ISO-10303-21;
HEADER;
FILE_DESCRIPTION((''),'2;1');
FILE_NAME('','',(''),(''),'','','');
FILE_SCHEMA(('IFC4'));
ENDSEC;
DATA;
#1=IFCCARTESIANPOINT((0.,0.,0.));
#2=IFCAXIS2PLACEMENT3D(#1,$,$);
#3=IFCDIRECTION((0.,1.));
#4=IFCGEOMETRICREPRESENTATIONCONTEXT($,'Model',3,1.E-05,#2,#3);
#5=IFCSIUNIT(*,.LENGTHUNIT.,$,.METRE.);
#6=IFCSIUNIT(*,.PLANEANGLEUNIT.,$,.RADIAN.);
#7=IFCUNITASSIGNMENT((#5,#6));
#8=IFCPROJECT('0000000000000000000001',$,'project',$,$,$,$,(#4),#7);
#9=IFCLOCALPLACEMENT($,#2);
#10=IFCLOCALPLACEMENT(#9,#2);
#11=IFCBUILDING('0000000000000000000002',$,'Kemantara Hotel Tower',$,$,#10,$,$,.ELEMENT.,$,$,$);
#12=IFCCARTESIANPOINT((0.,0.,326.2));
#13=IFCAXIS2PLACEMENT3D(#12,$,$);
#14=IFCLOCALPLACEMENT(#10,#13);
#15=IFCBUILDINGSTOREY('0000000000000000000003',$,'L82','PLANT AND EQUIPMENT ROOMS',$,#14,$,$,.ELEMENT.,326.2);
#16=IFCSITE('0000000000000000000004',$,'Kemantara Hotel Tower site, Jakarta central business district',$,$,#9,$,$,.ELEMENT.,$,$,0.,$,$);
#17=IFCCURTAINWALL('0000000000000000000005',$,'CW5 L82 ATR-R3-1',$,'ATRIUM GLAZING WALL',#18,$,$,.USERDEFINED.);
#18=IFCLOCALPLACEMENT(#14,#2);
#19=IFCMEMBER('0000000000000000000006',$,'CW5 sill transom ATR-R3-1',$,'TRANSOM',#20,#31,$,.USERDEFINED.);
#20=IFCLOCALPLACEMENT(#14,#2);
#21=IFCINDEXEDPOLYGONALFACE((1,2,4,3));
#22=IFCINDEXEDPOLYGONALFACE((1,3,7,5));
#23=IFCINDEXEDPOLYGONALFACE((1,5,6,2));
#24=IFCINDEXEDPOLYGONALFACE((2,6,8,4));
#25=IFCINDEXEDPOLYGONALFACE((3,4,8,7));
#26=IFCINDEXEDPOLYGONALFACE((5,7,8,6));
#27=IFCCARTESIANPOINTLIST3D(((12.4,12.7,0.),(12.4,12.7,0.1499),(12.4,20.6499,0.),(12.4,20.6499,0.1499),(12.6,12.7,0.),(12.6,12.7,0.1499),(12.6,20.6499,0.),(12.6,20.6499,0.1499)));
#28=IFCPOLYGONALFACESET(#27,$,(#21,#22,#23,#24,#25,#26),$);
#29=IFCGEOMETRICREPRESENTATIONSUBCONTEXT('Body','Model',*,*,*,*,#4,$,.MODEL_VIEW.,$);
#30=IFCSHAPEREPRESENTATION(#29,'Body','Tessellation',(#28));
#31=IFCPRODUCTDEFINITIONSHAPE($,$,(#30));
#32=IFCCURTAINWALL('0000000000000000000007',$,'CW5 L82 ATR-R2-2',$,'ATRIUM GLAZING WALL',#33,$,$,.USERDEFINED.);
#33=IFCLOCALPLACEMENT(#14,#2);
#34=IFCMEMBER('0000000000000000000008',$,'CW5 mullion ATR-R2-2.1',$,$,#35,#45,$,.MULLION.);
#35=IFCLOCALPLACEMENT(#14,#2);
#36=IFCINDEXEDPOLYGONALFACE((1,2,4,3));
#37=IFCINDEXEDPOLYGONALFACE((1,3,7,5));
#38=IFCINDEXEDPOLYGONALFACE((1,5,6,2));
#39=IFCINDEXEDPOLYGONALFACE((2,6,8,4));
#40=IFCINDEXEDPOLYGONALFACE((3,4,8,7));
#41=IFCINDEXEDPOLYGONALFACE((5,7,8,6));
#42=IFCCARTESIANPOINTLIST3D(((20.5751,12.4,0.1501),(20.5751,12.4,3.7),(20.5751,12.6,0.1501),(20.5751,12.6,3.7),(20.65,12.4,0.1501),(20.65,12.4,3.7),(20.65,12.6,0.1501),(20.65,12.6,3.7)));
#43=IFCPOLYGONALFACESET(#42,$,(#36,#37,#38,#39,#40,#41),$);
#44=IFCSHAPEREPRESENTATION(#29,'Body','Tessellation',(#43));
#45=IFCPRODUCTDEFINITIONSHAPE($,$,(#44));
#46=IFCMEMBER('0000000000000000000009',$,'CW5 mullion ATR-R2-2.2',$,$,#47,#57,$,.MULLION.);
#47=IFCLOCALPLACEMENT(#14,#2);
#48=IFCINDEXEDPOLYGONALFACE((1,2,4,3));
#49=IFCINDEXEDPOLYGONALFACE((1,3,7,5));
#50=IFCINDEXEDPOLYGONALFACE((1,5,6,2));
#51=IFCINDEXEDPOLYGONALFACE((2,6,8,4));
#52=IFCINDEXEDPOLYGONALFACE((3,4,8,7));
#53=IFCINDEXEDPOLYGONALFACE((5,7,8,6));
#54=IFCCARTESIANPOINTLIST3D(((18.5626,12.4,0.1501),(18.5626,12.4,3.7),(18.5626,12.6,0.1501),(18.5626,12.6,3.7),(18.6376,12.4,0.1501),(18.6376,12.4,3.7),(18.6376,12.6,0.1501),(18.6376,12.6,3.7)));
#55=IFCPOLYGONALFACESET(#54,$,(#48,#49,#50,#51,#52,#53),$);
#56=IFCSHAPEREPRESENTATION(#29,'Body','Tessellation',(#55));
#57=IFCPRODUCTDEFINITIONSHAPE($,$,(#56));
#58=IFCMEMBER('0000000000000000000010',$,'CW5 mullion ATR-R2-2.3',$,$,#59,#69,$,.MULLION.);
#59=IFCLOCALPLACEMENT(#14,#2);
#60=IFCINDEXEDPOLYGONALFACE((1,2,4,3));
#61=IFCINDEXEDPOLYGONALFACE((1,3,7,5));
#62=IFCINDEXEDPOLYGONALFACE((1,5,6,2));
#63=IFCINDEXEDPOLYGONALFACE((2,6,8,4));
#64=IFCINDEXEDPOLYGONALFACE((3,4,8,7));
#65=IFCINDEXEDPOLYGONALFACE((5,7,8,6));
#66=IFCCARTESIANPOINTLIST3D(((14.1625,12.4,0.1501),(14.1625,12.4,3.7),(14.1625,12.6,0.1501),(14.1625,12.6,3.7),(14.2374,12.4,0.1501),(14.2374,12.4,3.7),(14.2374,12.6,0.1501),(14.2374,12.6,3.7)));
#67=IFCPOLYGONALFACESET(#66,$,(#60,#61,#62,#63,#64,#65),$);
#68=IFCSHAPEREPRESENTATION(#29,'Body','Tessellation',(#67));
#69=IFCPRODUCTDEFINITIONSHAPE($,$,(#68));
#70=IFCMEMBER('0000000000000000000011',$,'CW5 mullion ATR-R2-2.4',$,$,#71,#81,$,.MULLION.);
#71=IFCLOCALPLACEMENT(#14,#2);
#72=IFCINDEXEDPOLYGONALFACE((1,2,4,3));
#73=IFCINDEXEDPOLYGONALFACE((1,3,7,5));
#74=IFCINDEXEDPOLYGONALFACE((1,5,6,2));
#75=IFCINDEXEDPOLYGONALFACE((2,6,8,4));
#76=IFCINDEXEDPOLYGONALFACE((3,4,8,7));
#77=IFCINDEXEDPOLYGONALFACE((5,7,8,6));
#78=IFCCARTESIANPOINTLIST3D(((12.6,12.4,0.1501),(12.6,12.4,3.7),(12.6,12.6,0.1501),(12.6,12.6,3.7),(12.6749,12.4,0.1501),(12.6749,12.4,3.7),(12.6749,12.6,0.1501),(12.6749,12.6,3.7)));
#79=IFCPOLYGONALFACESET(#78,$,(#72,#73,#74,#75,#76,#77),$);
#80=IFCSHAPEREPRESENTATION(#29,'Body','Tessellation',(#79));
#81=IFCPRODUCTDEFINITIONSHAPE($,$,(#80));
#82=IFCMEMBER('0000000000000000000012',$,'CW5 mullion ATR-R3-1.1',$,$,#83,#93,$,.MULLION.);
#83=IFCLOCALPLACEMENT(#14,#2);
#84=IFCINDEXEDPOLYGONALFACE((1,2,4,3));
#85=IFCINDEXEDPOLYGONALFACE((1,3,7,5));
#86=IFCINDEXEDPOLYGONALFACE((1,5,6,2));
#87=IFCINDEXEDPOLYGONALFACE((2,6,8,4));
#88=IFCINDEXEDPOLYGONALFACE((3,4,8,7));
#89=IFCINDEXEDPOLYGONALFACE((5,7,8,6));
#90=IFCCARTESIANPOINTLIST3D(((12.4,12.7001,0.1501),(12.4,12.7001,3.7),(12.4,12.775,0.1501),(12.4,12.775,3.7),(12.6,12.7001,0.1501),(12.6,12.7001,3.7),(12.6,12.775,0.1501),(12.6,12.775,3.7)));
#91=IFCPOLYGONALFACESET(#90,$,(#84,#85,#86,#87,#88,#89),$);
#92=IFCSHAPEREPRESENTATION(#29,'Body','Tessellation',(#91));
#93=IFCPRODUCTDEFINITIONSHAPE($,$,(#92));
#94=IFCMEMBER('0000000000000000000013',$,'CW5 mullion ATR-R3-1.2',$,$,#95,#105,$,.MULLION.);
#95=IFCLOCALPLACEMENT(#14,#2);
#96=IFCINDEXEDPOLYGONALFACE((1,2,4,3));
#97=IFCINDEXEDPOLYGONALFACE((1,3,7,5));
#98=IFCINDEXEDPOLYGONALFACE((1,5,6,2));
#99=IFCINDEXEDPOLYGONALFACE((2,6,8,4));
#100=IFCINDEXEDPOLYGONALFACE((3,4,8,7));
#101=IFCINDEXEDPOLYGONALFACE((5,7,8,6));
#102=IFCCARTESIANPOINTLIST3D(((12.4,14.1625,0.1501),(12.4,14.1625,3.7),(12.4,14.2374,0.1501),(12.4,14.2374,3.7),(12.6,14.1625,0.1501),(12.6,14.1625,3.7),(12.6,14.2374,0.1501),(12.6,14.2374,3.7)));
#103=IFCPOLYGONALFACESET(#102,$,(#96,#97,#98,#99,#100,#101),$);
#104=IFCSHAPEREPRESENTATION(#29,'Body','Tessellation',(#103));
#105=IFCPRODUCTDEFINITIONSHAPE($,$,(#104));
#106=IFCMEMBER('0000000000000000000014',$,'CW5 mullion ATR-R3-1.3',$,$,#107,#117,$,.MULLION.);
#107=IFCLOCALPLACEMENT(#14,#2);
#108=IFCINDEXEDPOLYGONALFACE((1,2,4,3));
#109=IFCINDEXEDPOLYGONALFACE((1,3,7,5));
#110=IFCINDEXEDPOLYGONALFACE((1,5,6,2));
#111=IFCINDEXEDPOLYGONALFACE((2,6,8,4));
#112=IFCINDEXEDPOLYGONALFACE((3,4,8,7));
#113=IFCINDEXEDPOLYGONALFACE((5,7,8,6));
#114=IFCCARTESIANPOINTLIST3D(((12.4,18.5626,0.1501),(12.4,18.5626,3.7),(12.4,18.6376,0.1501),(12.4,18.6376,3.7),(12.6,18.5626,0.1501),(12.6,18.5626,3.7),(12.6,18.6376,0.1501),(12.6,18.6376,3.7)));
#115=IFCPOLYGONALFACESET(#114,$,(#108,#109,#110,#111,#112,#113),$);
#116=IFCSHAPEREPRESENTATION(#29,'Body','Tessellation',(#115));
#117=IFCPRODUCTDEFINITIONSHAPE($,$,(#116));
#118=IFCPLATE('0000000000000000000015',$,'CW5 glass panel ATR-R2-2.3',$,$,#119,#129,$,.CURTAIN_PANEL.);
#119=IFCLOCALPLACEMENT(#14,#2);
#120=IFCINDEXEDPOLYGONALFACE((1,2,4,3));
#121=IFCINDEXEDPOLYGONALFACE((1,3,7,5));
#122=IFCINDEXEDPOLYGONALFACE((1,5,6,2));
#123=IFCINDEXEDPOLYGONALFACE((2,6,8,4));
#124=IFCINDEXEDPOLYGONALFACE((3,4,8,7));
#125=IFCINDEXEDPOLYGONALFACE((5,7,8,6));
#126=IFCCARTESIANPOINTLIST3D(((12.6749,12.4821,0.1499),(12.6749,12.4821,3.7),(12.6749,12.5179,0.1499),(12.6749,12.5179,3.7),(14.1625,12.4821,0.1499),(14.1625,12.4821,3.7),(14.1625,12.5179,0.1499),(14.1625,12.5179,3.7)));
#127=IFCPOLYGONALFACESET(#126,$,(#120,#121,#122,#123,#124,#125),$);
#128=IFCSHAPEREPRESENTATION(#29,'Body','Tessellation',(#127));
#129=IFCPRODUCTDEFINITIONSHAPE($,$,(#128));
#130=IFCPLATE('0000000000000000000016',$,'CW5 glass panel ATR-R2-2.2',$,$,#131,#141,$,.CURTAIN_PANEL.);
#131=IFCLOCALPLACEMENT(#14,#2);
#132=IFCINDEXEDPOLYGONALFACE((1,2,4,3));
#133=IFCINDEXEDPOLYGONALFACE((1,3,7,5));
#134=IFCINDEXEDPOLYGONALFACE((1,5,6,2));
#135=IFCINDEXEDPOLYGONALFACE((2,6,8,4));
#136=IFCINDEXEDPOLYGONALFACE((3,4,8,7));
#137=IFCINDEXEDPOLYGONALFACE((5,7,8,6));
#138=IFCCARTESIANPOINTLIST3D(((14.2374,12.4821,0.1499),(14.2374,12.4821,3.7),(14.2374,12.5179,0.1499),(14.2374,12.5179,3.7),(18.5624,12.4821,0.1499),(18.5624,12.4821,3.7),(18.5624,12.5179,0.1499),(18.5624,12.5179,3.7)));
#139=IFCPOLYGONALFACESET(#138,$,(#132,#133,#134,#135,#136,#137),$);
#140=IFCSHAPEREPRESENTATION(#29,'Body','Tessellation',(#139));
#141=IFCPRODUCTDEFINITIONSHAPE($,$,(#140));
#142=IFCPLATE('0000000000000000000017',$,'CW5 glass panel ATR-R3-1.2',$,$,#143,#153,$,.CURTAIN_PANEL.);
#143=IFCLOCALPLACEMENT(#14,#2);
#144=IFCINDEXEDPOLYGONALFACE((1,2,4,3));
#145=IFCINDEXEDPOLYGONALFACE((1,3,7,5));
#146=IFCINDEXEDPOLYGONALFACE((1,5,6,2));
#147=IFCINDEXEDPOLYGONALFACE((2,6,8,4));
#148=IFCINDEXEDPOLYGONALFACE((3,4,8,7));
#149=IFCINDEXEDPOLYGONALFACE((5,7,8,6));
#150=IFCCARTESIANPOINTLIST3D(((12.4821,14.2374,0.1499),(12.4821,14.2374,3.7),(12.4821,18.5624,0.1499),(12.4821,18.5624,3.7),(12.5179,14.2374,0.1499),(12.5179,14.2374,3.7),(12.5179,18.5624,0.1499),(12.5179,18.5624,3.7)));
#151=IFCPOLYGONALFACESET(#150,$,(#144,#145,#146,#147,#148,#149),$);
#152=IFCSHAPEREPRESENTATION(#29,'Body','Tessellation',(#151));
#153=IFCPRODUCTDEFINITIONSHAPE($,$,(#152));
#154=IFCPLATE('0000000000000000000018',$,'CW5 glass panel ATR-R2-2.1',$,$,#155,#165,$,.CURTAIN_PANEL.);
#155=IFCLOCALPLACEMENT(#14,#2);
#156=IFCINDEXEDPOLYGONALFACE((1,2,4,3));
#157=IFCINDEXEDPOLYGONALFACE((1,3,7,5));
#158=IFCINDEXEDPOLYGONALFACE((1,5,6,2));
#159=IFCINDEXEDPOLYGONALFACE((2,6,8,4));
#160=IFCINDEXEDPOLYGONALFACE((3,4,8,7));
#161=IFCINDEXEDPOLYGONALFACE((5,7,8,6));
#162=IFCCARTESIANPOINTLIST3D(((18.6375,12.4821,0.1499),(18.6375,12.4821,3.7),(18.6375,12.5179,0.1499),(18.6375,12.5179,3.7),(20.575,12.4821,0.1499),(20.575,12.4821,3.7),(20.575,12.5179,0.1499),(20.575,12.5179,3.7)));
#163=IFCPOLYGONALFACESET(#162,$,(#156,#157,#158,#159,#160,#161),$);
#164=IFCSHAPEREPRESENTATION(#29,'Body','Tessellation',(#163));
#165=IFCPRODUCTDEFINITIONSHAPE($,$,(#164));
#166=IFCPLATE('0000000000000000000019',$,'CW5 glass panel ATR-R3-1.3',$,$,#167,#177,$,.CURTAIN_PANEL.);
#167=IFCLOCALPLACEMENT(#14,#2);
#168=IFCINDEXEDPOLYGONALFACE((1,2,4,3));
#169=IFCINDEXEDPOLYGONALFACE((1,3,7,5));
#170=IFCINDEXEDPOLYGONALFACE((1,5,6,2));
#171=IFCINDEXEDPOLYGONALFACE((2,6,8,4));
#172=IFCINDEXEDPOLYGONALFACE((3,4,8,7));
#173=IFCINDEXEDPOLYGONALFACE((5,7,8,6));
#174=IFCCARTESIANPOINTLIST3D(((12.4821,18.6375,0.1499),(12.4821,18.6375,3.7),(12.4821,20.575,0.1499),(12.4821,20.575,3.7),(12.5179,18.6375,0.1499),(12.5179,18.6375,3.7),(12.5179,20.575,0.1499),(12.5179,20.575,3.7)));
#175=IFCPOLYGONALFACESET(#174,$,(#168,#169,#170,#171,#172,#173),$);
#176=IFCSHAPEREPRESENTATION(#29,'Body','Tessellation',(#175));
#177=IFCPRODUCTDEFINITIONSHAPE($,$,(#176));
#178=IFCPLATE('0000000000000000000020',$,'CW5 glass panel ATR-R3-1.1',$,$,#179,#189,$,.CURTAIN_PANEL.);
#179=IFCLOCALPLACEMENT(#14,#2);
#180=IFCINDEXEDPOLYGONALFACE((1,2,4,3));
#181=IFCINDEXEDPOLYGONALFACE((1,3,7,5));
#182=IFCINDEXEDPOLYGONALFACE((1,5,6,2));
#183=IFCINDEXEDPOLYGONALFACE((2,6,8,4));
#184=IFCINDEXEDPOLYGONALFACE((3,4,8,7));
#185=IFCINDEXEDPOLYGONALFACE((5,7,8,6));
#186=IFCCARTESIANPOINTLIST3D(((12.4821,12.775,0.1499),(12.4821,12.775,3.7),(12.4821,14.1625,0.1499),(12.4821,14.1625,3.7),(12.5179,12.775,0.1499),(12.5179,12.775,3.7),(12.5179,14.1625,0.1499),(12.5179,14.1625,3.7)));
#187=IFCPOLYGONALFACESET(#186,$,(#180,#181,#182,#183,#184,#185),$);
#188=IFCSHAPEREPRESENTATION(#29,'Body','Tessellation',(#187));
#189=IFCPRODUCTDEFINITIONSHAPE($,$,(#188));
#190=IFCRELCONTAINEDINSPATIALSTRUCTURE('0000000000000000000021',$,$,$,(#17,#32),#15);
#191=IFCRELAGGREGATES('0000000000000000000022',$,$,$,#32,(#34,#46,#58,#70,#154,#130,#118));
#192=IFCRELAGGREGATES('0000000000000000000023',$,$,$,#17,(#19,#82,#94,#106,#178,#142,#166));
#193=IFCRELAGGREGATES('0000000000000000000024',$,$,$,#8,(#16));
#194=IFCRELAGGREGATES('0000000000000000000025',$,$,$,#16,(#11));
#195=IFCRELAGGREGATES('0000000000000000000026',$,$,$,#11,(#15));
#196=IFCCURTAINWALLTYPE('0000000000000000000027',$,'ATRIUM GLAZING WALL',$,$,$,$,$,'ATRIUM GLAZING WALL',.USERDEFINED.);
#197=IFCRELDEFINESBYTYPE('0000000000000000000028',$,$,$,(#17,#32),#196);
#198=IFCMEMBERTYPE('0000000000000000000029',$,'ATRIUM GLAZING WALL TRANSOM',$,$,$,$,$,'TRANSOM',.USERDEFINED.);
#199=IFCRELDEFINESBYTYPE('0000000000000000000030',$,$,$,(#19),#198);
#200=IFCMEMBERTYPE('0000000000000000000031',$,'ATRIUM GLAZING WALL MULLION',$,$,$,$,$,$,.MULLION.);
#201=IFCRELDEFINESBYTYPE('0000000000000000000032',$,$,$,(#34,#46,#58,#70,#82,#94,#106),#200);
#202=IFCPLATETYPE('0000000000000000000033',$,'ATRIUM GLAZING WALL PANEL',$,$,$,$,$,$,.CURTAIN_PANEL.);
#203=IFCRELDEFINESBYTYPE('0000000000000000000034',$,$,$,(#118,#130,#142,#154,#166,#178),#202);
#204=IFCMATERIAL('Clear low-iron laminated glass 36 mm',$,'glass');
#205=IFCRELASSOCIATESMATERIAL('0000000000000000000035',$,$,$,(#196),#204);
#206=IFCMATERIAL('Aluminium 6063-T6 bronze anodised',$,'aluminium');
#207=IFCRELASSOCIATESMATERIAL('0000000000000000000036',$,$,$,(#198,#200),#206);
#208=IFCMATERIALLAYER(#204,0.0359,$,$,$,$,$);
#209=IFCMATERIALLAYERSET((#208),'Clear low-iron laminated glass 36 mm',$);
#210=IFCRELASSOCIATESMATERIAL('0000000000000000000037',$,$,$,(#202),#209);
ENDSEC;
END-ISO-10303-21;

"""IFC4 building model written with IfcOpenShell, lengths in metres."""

from ifc_helpers import new_model, si_unit, direction, frame, origin, origin_2d, place, context, subcontext, project, spatial, rectangle, extrude, source, transform, mapped, material, layer, layer_set, material_profile, profile_set, type_object, element, aggregate, save


model = new_model("IFC4")

# Units and contexts
model_context = context("Model", 3, precision=1e-05, world=origin(), true_north=direction((0.0, 1.0)))
body_context = subcontext(model_context, "Body", "Model", "MODEL_VIEW")
ifc_project = project(units=[si_unit("LENGTHUNIT", "METRE"), si_unit("PLANEANGLEUNIT", "RADIAN")], contexts=[model_context])

# Site, building, storey
site_placement = place(None, origin())
site = spatial("IfcSite", under=ifc_project, at=site_placement, Name="Kemantara Hotel Tower site, Jakarta central business district", CompositionType="ELEMENT", RefElevation=0.0)
building_placement = place(site_placement, origin())
building = spatial("IfcBuilding", under=site, at=building_placement, Name="Kemantara Hotel Tower", CompositionType="ELEMENT")
storey_placement = place(building_placement, frame((0.0, 0.0, 326.2)))
storey = spatial("IfcBuildingStorey", under=building, at=storey_placement, Name="L82", Description="PLANT AND EQUIPMENT ROOMS", CompositionType="ELEMENT", Elevation=326.2)

# Curtain wall, member
ifc_material_1 = material(Name="Clear low-iron laminated glass 36 mm", Category="glass")
curtain_wall_type = type_object("IfcCurtainWallType", Name="ATRIUM GLAZING WALL", ElementType="ATRIUM GLAZING WALL", PredefinedType="USERDEFINED", material=ifc_material_1)
curtain_wall_1_placement = place(storey_placement, origin())
curtain_wall_1 = element("IfcCurtainWall", 1, at=curtain_wall_1_placement, inside=storey, type_object=curtain_wall_type, Name="CW5 L82 ATR-R3-1", ObjectType="ATRIUM GLAZING WALL", PredefinedType="USERDEFINED")
ifc_material_2 = material(Name="Aluminium 6063-T6 bronze anodised", Category="aluminium")
ifc_material_profile_1 = material_profile(ifc_material_2, rectangle(XDim=0.2, YDim=0.1499, at=origin_2d()), Name="ATRIUM GLAZING WALL TRANSOM")
ifc_profile_set_1 = profile_set([ifc_material_profile_1], Name="Aluminium 6063-T6 bronze anodised")
member_type_1 = type_object("IfcMemberType", Name="ATRIUM GLAZING WALL TRANSOM", ElementType="TRANSOM", PredefinedType="USERDEFINED", material=ifc_profile_set_1)
member_1_placement = place(storey_placement, frame((12.5, 12.7, 0.075), z_axis=(0.0, 1.0, 0.0), x_axis=(-1.0, 0.0, 0.0)))
member_1 = element("IfcMember", 2, at=member_1_placement, type_object=member_type_1, Name="CW5 sill transom ATR-R3-1", ObjectType="TRANSOM", PredefinedType="USERDEFINED", context=body_context, shape_type="SweptSolid", body=[
    extrude(rectangle(XDim=0.2, YDim=0.1499, at=origin_2d()), origin(), (0.0, 0.0, 1.0), 7.95),
])

# Curtain wall, members
curtain_wall_2_placement = place(storey_placement, origin())
curtain_wall_2 = element("IfcCurtainWall", 3, at=curtain_wall_2_placement, inside=storey, type_object=curtain_wall_type, Name="CW5 L82 ATR-R2-2", ObjectType="ATRIUM GLAZING WALL", PredefinedType="USERDEFINED")
ifc_material_profile_2 = material_profile(ifc_material_2, rectangle(XDim=0.2, YDim=0.075, at=origin_2d()), Name="ATRIUM GLAZING WALL MULLION")
ifc_profile_set_2 = profile_set([ifc_material_profile_2], Name="Aluminium 6063-T6 bronze anodised")
member_type_2 = type_object("IfcMemberType", Name="ATRIUM GLAZING WALL MULLION", PredefinedType="MULLION", material=ifc_profile_set_2)
shared_shape_1 = source(origin(), body_context, "Body", "SweptSolid", [
    extrude(rectangle(XDim=0.2, YDim=0.075, at=origin_2d()), origin(), (0.0, 0.0, 1.0), 3.5498),
])
member_2_placement = place(storey_placement, frame((20.6125, 12.5, 0.1501), z_axis=(0.0, 0.0, 1.0), x_axis=(0.0, -1.0, 0.0)))
member_2 = element("IfcMember", 4, at=member_2_placement, type_object=member_type_2, Name="CW5 mullion ATR-R2-2.1", PredefinedType="MULLION", context=body_context, shape_type="MappedRepresentation", body=[
    mapped(shared_shape_1, transform((0.0, 0.0, 0.0))),
])
member_3_placement = place(storey_placement, frame((18.6001, 12.5, 0.1501), z_axis=(0.0, 0.0, 1.0), x_axis=(0.0, -1.0, 0.0)))
member_3 = element("IfcMember", 5, at=member_3_placement, type_object=member_type_2, Name="CW5 mullion ATR-R2-2.2", PredefinedType="MULLION", context=body_context, shape_type="MappedRepresentation", body=[
    mapped(shared_shape_1, transform((0.0, 0.0, 0.0))),
])
member_4_placement = place(storey_placement, frame((14.2, 12.5, 0.1501), z_axis=(0.0, 0.0, 1.0), x_axis=(0.0, -1.0, 0.0)))
member_4 = element("IfcMember", 6, at=member_4_placement, type_object=member_type_2, Name="CW5 mullion ATR-R2-2.3", PredefinedType="MULLION", context=body_context, shape_type="MappedRepresentation", body=[
    mapped(shared_shape_1, transform((0.0, 0.0, 0.0))),
])
member_5_placement = place(storey_placement, frame((12.6375, 12.5, 0.1501), z_axis=(0.0, 0.0, 1.0), x_axis=(0.0, -1.0, 0.0)))
member_5 = element("IfcMember", 7, at=member_5_placement, type_object=member_type_2, Name="CW5 mullion ATR-R2-2.4", PredefinedType="MULLION", context=body_context, shape_type="MappedRepresentation", body=[
    mapped(shared_shape_1, transform((0.0, 0.0, 0.0))),
])

# Members
member_6_placement = place(storey_placement, frame((12.5, 12.7375, 0.1501), z_axis=(0.0, 0.0, 1.0), x_axis=(-1.0, 0.0, 0.0)))
member_6 = element("IfcMember", 8, at=member_6_placement, type_object=member_type_2, Name="CW5 mullion ATR-R3-1.1", PredefinedType="MULLION", context=body_context, shape_type="MappedRepresentation", body=[
    mapped(shared_shape_1, transform((0.0, 0.0, 0.0))),
])
member_7_placement = place(storey_placement, frame((12.5, 14.2, 0.1501), z_axis=(0.0, 0.0, 1.0), x_axis=(-1.0, 0.0, 0.0)))
member_7 = element("IfcMember", 9, at=member_7_placement, type_object=member_type_2, Name="CW5 mullion ATR-R3-1.2", PredefinedType="MULLION", context=body_context, shape_type="MappedRepresentation", body=[
    mapped(shared_shape_1, transform((0.0, 0.0, 0.0))),
])
member_8_placement = place(storey_placement, frame((12.5, 18.6001, 0.1501), z_axis=(0.0, 0.0, 1.0), x_axis=(-1.0, 0.0, 0.0)))
member_8 = element("IfcMember", 10, at=member_8_placement, type_object=member_type_2, Name="CW5 mullion ATR-R3-1.3", PredefinedType="MULLION", context=body_context, shape_type="MappedRepresentation", body=[
    mapped(shared_shape_1, transform((0.0, 0.0, 0.0))),
])

# Plates
ifc_layer = layer(ifc_material_1, 0.0359)
ifc_layer_set = layer_set([ifc_layer], Name="Clear low-iron laminated glass 36 mm")
plate_type = type_object("IfcPlateType", Name="ATRIUM GLAZING WALL PANEL", PredefinedType="CURTAIN_PANEL", material=ifc_layer_set)
shared_shape_2 = source(origin(), body_context, "Body", "SweptSolid", [
    extrude(rectangle(XDim=1.4875, YDim=0.0359, at=origin_2d()), origin(), (0.0, 0.0, 1.0), 3.55),
])
plate_1_placement = place(storey_placement, frame((13.4187, 12.5, 0.1499), z_axis=(0.0, 0.0, 1.0), x_axis=(-1.0, 0.0, 0.0)))
plate_1 = element("IfcPlate", 11, at=plate_1_placement, type_object=plate_type, Name="CW5 glass panel ATR-R2-2.3", PredefinedType="CURTAIN_PANEL", context=body_context, shape_type="MappedRepresentation", body=[
    mapped(shared_shape_2, transform((0.0, 0.0, 0.0))),
])
shared_shape_3 = source(origin(), body_context, "Body", "SweptSolid", [
    extrude(rectangle(XDim=4.325, YDim=0.0359, at=origin_2d()), origin(), (0.0, 0.0, 1.0), 3.55),
])
plate_2_placement = place(storey_placement, frame((16.3999, 12.5, 0.1499), z_axis=(0.0, 0.0, 1.0), x_axis=(-1.0, 0.0, 0.0)))
plate_2 = element("IfcPlate", 12, at=plate_2_placement, type_object=plate_type, Name="CW5 glass panel ATR-R2-2.2", PredefinedType="CURTAIN_PANEL", context=body_context, shape_type="MappedRepresentation", body=[
    mapped(shared_shape_3, transform((0.0, 0.0, 0.0))),
])
plate_3_placement = place(storey_placement, frame((12.5, 16.3999, 0.1499), z_axis=(0.0, 0.0, 1.0), x_axis=(0.0, 1.0, 0.0)))
plate_3 = element("IfcPlate", 13, at=plate_3_placement, type_object=plate_type, Name="CW5 glass panel ATR-R3-1.2", PredefinedType="CURTAIN_PANEL", context=body_context, shape_type="MappedRepresentation", body=[
    mapped(shared_shape_3, transform((0.0, 0.0, 0.0))),
])
shared_shape_4 = source(origin(), body_context, "Body", "SweptSolid", [
    extrude(rectangle(XDim=1.9375, YDim=0.0359, at=origin_2d()), origin(), (0.0, 0.0, 1.0), 3.55),
])
plate_4_placement = place(storey_placement, frame((19.6062, 12.5, 0.1499), z_axis=(0.0, 0.0, 1.0), x_axis=(-1.0, 0.0, 0.0)))
plate_4 = element("IfcPlate", 14, at=plate_4_placement, type_object=plate_type, Name="CW5 glass panel ATR-R2-2.1", PredefinedType="CURTAIN_PANEL", context=body_context, shape_type="MappedRepresentation", body=[
    mapped(shared_shape_4, transform((0.0, 0.0, 0.0))),
])
aggregate(curtain_wall_2, [member_2, member_3, member_4, member_5, plate_4, plate_2, plate_1])
plate_5_placement = place(storey_placement, frame((12.5, 19.6062, 0.1499), z_axis=(0.0, 0.0, 1.0), x_axis=(0.0, 1.0, 0.0)))
plate_5 = element("IfcPlate", 15, at=plate_5_placement, type_object=plate_type, Name="CW5 glass panel ATR-R3-1.3", PredefinedType="CURTAIN_PANEL", context=body_context, shape_type="MappedRepresentation", body=[
    mapped(shared_shape_4, transform((0.0, 0.0, 0.0))),
])
shared_shape_5 = source(origin(), body_context, "Body", "SweptSolid", [
    extrude(rectangle(XDim=1.3875, YDim=0.0359, at=origin_2d()), origin(), (0.0, 0.0, 1.0), 3.55),
])
plate_6_placement = place(storey_placement, frame((12.5, 13.4688, 0.1499), z_axis=(0.0, 0.0, 1.0), x_axis=(0.0, 1.0, 0.0)))
plate_6 = element("IfcPlate", 16, at=plate_6_placement, type_object=plate_type, Name="CW5 glass panel ATR-R3-1.1", PredefinedType="CURTAIN_PANEL", context=body_context, shape_type="MappedRepresentation", body=[
    mapped(shared_shape_5, transform((0.0, 0.0, 0.0))),
])
aggregate(curtain_wall_1, [member_1, member_6, member_7, member_8, plate_6, plate_3, plate_5])

save(model, "model.ifc")
